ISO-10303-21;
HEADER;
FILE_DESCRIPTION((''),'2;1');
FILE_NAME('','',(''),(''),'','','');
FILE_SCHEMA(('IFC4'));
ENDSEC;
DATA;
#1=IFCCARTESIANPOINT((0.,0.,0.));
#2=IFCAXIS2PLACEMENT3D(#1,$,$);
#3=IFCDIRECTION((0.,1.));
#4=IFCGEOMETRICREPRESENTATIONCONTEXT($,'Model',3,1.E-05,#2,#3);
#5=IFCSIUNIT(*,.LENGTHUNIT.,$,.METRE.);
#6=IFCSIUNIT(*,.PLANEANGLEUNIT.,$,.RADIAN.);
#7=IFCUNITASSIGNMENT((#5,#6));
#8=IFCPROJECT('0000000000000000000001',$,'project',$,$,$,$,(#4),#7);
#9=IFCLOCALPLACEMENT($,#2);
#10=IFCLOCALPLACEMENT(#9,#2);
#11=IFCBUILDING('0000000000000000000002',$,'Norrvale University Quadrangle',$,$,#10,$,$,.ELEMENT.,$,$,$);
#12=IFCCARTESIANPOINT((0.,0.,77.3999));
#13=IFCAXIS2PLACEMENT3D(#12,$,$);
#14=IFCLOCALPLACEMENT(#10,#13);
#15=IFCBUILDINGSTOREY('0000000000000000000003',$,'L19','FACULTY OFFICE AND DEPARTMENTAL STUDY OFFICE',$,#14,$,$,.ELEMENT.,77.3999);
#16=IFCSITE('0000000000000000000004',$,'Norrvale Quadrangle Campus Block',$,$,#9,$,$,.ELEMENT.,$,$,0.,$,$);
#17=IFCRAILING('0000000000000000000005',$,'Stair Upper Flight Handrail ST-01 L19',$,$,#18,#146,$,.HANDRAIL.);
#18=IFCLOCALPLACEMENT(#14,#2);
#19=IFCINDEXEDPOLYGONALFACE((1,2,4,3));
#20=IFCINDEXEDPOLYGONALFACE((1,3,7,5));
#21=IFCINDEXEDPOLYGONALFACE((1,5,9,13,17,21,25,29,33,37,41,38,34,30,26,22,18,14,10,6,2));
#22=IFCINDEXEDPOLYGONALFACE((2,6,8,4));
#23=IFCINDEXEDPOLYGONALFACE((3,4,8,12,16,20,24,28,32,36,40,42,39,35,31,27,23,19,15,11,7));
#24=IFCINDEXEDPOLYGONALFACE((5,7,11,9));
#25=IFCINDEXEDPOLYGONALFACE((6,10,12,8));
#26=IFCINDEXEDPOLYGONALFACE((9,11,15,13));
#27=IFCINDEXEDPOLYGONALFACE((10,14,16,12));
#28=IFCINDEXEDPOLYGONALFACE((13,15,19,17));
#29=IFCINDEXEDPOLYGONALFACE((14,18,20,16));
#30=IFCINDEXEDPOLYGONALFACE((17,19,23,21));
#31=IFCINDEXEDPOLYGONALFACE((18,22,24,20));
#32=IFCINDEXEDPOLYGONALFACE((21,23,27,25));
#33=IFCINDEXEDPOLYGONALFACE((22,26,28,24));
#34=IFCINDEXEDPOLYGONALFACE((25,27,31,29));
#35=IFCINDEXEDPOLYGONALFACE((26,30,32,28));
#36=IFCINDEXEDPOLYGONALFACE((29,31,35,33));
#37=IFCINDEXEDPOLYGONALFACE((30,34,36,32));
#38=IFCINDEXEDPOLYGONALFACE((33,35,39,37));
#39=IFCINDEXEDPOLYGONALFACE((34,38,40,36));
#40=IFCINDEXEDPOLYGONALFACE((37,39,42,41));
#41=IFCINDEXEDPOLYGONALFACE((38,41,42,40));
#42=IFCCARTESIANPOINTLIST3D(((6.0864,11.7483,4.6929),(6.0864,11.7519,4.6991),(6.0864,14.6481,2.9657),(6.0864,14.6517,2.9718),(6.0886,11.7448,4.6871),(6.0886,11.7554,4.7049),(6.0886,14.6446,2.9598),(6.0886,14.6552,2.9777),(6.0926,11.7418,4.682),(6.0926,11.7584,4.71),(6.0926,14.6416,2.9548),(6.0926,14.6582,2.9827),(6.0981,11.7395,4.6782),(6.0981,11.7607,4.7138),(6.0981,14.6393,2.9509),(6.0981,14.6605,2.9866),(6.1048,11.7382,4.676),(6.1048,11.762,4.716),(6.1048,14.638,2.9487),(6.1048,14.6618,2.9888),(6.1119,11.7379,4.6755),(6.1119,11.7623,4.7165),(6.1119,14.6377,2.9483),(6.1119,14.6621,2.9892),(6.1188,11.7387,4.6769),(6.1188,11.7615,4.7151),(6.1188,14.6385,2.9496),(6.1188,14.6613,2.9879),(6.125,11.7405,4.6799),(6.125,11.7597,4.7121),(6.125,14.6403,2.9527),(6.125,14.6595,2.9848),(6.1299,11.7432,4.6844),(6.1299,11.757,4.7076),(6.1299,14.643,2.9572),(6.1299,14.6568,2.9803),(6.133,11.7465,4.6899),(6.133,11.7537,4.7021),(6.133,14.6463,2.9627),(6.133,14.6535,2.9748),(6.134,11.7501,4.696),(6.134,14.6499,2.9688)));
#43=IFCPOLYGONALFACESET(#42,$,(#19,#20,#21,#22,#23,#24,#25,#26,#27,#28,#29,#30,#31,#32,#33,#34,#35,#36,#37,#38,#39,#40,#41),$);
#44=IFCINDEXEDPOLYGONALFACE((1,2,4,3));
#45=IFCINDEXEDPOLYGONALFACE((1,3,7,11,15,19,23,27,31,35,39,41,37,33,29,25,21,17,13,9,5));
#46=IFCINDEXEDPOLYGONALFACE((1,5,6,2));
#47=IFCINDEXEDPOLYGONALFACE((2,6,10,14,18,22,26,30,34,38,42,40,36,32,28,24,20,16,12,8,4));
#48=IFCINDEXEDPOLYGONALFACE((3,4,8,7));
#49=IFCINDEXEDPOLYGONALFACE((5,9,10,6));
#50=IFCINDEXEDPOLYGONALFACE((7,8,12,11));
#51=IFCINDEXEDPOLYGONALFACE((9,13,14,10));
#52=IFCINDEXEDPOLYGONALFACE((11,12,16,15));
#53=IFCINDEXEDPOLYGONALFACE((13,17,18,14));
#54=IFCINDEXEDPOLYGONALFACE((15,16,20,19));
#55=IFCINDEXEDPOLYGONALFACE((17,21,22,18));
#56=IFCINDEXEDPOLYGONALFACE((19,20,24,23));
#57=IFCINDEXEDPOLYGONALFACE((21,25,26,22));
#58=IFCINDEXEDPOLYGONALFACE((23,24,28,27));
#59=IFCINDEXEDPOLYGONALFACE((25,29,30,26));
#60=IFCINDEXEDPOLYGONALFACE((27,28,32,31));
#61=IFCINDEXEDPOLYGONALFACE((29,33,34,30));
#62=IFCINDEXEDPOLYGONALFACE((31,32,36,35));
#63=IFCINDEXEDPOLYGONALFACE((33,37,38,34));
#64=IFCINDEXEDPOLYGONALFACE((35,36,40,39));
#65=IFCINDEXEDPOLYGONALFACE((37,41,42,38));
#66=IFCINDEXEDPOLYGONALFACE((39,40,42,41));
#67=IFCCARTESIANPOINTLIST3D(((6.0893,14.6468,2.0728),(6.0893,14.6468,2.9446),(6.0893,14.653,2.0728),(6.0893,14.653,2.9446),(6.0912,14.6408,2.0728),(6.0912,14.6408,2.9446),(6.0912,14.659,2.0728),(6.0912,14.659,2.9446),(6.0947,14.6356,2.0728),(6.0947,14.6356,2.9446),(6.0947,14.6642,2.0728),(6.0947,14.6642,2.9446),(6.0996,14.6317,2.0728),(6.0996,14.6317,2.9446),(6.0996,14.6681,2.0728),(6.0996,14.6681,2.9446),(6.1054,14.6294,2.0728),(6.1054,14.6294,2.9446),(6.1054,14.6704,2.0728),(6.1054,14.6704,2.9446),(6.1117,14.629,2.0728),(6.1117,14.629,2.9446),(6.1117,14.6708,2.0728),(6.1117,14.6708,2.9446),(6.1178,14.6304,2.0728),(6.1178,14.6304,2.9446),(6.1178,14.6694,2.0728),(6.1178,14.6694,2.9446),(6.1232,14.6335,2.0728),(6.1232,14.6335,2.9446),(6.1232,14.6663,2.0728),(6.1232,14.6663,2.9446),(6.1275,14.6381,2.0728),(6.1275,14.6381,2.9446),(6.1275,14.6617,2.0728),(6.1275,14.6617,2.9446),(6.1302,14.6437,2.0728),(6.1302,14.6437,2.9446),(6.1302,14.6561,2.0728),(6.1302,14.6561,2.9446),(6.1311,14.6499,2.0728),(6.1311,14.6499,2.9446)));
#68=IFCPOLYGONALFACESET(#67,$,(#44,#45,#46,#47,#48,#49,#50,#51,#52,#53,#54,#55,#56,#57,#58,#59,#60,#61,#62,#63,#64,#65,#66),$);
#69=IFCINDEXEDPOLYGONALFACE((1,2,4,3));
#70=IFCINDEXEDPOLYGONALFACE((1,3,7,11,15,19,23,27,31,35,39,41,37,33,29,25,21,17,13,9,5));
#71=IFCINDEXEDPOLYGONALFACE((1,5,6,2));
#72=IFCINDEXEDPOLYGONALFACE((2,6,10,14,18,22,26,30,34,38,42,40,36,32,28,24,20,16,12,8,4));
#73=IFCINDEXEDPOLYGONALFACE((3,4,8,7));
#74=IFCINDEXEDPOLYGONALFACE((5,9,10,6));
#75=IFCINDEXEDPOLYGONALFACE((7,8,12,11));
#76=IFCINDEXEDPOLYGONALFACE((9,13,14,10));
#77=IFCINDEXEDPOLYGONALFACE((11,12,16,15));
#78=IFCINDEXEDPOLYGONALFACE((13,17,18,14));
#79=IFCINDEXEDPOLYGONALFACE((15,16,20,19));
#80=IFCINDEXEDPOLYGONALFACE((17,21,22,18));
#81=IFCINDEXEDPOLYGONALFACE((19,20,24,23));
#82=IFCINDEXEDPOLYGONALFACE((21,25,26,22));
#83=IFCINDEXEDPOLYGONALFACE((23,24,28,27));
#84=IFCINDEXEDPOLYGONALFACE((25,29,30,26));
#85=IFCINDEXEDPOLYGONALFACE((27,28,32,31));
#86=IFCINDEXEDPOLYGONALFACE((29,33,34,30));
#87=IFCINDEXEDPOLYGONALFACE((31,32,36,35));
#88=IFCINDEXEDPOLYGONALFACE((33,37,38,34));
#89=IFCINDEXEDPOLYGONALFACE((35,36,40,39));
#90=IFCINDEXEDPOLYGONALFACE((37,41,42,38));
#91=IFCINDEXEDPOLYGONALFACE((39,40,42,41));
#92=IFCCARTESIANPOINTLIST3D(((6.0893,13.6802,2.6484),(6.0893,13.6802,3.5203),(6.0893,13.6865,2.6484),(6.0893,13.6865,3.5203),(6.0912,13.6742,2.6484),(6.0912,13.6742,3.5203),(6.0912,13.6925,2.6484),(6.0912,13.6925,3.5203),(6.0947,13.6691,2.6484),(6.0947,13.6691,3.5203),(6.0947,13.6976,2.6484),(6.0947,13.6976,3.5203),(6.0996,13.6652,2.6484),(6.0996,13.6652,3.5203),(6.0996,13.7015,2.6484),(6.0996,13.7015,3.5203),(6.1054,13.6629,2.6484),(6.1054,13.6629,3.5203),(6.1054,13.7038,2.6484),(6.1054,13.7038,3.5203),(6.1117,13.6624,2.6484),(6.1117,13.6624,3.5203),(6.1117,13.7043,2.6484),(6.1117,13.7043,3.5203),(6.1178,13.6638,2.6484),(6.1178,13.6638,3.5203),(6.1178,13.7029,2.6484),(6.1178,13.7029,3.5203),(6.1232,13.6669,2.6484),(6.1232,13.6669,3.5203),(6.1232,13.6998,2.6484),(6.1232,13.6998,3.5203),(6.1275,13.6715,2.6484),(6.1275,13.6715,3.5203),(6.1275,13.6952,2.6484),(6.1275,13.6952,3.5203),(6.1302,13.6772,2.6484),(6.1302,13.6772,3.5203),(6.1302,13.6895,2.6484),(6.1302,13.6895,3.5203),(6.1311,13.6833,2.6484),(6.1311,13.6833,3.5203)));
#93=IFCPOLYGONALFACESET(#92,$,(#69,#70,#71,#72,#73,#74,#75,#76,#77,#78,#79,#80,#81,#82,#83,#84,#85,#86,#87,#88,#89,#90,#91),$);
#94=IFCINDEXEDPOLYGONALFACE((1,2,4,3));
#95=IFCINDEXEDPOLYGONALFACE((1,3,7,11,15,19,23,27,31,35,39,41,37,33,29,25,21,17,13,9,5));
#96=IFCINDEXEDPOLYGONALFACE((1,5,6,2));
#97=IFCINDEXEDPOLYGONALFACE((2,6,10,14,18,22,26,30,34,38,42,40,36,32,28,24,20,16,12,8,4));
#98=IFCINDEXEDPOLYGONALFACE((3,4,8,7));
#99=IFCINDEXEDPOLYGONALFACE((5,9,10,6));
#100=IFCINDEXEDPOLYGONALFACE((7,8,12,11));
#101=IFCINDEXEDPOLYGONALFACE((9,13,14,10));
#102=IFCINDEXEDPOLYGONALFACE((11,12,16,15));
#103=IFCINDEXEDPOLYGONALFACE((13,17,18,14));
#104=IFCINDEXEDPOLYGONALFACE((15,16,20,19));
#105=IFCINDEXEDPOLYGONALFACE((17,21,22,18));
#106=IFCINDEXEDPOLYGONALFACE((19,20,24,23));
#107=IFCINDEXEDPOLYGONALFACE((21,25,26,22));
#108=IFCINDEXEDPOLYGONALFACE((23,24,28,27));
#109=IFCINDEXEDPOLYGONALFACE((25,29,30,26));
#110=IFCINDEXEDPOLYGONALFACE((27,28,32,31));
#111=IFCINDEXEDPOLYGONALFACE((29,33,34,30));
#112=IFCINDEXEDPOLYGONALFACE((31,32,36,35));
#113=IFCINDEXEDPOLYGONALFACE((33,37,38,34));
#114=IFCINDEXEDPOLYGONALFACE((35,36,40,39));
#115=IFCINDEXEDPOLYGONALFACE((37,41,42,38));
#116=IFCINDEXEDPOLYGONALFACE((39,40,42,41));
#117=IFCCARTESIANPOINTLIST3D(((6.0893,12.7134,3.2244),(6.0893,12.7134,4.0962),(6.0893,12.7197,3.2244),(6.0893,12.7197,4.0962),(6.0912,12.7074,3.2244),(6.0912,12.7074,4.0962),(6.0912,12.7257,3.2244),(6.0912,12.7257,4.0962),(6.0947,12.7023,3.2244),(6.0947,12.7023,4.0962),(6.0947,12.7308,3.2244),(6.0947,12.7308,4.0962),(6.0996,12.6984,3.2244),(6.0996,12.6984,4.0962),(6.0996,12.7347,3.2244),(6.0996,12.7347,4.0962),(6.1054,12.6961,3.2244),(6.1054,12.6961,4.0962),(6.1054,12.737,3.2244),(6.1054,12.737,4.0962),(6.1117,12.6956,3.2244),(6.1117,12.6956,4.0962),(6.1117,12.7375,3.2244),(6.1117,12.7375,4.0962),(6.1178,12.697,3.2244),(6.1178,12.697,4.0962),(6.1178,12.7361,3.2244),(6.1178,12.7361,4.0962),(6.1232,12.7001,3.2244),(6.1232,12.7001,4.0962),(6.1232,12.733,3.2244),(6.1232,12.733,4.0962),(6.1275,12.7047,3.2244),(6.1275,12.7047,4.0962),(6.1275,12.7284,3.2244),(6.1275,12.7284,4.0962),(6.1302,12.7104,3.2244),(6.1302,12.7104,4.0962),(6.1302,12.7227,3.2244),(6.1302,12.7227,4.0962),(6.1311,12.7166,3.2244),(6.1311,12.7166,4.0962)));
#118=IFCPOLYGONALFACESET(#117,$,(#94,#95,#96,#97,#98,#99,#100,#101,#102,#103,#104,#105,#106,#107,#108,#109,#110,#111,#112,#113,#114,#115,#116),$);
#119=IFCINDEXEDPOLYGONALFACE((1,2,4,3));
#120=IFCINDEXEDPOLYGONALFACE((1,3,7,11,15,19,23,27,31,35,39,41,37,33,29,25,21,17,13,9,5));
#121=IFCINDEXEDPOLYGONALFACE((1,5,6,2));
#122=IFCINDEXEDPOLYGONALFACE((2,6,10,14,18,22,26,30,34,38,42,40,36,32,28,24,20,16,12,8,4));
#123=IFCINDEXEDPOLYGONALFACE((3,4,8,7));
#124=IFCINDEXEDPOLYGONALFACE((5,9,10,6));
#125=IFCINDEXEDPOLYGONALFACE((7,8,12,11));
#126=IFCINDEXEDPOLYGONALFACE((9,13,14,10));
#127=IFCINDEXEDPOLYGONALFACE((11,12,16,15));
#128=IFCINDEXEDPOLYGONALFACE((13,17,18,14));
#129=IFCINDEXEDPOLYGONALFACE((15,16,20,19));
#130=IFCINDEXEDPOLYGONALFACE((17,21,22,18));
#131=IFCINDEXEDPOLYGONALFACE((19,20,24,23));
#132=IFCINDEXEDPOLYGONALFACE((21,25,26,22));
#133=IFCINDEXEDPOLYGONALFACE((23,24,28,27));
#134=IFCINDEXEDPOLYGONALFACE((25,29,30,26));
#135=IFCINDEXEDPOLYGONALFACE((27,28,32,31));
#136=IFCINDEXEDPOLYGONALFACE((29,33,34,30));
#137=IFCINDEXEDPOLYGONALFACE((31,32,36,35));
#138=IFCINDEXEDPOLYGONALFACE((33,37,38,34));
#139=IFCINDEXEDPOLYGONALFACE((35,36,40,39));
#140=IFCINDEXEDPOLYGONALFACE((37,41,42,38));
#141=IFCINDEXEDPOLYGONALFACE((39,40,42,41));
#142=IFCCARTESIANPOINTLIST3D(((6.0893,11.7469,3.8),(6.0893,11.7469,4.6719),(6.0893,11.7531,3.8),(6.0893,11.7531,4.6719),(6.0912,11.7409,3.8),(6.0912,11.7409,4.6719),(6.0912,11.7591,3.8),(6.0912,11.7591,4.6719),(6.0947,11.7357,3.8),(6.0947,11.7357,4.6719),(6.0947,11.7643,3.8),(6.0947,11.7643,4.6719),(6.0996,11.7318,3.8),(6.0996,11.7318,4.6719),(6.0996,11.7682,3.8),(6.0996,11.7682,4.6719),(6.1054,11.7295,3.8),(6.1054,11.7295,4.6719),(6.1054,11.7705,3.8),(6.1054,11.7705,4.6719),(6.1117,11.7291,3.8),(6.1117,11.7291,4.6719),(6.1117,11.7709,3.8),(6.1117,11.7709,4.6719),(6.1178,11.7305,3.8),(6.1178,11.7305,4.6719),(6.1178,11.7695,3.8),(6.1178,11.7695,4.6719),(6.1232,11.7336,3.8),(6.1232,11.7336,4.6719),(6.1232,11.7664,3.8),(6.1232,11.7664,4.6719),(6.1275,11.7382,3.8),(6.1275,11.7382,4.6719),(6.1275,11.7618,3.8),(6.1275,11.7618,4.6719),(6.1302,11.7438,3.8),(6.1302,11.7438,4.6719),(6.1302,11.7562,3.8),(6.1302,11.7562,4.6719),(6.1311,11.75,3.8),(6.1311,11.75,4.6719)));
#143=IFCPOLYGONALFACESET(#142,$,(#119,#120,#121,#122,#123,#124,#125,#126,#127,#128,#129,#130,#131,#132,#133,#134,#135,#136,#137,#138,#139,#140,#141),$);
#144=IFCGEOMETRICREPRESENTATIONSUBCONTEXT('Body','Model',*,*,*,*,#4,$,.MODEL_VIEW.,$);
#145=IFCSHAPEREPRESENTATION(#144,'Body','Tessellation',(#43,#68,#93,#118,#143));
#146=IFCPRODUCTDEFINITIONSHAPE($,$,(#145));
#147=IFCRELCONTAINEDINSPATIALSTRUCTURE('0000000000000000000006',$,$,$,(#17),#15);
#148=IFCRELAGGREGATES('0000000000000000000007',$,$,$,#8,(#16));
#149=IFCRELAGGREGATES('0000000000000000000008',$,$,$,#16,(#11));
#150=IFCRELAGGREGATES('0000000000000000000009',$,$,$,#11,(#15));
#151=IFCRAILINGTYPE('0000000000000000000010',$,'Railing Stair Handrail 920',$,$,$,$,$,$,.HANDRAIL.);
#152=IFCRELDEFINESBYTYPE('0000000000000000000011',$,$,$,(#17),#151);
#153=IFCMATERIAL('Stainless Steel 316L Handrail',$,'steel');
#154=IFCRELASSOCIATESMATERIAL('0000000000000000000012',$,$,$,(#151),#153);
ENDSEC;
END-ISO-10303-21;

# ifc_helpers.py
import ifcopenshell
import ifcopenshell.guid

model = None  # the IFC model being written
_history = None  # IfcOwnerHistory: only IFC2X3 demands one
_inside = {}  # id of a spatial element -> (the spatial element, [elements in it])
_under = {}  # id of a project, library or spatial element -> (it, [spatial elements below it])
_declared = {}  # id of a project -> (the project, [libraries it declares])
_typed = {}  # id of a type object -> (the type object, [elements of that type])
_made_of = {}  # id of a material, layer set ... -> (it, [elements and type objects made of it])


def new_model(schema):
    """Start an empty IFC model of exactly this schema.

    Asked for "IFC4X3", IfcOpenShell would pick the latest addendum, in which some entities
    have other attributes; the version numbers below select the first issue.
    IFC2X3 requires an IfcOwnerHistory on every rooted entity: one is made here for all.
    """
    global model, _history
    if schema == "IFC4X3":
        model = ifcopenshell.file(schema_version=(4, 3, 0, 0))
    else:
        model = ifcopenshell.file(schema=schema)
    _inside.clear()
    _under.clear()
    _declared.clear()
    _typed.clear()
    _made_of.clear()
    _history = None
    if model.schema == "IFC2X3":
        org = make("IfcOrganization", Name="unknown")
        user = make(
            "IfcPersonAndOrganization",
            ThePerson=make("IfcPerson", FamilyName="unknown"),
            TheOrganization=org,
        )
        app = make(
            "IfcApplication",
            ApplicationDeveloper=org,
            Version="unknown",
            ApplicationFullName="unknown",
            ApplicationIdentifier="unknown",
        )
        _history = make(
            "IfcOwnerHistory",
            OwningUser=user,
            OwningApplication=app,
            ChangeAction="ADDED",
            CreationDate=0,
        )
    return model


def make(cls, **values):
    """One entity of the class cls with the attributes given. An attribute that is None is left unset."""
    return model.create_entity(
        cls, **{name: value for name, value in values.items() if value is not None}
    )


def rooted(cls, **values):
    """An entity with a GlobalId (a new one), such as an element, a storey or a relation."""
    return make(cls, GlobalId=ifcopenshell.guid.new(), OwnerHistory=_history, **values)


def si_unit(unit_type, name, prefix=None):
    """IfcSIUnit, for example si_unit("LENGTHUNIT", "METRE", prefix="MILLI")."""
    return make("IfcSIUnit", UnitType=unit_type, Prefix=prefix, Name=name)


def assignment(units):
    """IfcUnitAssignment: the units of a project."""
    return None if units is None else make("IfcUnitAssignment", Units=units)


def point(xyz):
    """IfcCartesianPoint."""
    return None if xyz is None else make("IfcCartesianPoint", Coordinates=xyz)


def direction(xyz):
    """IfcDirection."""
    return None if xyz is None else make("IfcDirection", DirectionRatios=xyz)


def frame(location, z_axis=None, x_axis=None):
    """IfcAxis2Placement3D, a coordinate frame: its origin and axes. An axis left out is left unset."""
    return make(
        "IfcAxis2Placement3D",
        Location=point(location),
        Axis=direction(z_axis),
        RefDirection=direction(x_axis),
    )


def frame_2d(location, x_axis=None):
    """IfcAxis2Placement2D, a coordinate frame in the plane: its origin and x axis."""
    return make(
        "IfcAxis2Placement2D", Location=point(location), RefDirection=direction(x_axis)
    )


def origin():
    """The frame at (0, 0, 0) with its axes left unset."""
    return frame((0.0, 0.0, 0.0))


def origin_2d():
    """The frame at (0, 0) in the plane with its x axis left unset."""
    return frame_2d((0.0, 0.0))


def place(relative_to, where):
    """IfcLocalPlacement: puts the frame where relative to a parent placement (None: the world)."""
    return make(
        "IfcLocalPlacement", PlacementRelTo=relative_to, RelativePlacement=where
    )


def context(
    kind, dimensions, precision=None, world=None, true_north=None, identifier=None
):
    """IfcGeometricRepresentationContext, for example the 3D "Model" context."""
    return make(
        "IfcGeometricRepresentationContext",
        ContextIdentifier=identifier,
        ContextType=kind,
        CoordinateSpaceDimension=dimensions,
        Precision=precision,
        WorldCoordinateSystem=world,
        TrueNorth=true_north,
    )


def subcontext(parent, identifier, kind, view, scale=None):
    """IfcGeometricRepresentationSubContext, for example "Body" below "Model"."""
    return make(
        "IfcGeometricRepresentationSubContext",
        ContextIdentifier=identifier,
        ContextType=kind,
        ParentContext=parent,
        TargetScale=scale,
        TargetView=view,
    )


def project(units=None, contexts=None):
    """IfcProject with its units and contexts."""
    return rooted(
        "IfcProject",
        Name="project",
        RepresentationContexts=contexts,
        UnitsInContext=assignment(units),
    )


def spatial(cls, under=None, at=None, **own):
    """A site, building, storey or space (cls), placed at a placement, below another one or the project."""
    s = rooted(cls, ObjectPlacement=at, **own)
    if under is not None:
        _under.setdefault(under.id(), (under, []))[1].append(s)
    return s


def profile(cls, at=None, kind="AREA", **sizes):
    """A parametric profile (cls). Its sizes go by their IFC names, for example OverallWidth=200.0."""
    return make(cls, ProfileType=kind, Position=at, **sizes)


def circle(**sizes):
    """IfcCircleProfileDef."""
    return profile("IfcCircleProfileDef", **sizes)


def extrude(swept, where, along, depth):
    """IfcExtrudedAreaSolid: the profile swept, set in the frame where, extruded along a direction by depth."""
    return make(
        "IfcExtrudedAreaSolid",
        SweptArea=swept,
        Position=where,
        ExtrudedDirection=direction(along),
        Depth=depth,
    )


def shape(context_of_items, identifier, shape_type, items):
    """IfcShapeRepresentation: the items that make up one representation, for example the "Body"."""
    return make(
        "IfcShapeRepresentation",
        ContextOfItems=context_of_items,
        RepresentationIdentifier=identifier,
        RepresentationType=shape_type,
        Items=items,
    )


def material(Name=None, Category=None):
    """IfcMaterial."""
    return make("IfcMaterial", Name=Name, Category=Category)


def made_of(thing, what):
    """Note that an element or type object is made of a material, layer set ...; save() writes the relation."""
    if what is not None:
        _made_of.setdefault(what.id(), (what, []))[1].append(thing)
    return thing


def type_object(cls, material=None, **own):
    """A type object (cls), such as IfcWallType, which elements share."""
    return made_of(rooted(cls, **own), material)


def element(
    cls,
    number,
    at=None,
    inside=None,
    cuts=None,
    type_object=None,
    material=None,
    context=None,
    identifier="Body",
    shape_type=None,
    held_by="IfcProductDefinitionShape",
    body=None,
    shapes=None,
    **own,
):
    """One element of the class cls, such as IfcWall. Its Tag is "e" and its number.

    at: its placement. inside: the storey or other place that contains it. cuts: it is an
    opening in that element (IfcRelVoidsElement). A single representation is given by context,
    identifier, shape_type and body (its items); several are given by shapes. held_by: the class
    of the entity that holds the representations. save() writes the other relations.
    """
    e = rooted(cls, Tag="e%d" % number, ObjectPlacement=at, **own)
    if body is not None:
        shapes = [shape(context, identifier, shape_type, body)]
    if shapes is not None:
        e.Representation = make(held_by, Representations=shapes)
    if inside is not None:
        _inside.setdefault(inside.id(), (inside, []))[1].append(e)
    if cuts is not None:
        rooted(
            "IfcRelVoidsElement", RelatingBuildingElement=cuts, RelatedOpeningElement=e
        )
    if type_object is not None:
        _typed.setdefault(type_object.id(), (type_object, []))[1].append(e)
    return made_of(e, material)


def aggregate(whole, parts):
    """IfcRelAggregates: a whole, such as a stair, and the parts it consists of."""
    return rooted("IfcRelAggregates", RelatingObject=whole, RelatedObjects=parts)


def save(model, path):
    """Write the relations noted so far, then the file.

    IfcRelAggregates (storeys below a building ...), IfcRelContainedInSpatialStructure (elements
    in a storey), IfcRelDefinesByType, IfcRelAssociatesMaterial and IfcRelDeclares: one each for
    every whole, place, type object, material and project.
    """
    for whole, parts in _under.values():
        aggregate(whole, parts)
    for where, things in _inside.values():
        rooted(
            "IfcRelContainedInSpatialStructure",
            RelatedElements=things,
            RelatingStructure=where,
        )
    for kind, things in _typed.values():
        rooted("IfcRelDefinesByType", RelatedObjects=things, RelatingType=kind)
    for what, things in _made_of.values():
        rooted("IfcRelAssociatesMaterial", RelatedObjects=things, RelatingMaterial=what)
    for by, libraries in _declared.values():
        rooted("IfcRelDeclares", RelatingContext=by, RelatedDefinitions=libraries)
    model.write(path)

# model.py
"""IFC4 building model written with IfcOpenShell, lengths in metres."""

from ifc_helpers import new_model, si_unit, direction, frame, origin, origin_2d, place, context, subcontext, project, spatial, circle, extrude, material, type_object, element, save


model = new_model("IFC4")

# Units and contexts
model_context = context("Model", 3, precision=1e-05, world=origin(), true_north=direction((0.0, 1.0)))
body_context = subcontext(model_context, "Body", "Model", "MODEL_VIEW")
ifc_project = project(units=[si_unit("LENGTHUNIT", "METRE"), si_unit("PLANEANGLEUNIT", "RADIAN")], contexts=[model_context])

# Site, building, storey
site_placement = place(None, origin())
site = spatial("IfcSite", under=ifc_project, at=site_placement, Name="Norrvale Quadrangle Campus Block", CompositionType="ELEMENT", RefElevation=0.0)
building_placement = place(site_placement, origin())
building = spatial("IfcBuilding", under=site, at=building_placement, Name="Norrvale University Quadrangle", CompositionType="ELEMENT")
storey_placement = place(building_placement, frame((0.0, 0.0, 77.3999)))
storey = spatial("IfcBuildingStorey", under=building, at=storey_placement, Name="L19", Description="FACULTY OFFICE AND DEPARTMENTAL STUDY OFFICE", CompositionType="ELEMENT", Elevation=77.3999)

# Railing
ifc_material_1 = material(Name="Stainless Steel 316L Handrail", Category="steel")
railing_type_1 = type_object("IfcRailingType", Name="Railing Stair Handrail 920", PredefinedType="HANDRAIL", material=ifc_material_1)
railing_1_placement = place(storey_placement, frame((6.1101, 14.6499, 2.0728)))
element("IfcRailing", 1, at=railing_1_placement, inside=storey, type_object=railing_type_1, Name="Stair Upper Flight Handrail ST-01 L19", PredefinedType="HANDRAIL", context=body_context, shape_type="SweptSolid", body=[
    extrude(circle(Radius=0.0239, at=origin_2d()), frame((0.0, 0.0, 0.896), z_axis=(0.0, -0.859141, 0.511738), x_axis=(1.0, 0.0, 0.0)), (0.0, 0.0, 1.0), 3.3752),
    extrude(circle(Radius=0.021, at=origin_2d()), origin(), (0.0, 0.0, 1.0), 0.8718),
    extrude(circle(Radius=0.021, at=origin_2d()), frame((0.0, -0.9666, 0.5757)), (0.0, 0.0, 1.0), 0.8718),
    extrude(circle(Radius=0.021, at=origin_2d()), frame((0.0, -1.9333, 1.1516)), (0.0, 0.0, 1.0), 0.8718),
    extrude(circle(Radius=0.021, at=origin_2d()), frame((0.0, -2.8999, 1.7273)), (0.0, 0.0, 1.0), 0.8718),
])

save(model, "model.ifc")
